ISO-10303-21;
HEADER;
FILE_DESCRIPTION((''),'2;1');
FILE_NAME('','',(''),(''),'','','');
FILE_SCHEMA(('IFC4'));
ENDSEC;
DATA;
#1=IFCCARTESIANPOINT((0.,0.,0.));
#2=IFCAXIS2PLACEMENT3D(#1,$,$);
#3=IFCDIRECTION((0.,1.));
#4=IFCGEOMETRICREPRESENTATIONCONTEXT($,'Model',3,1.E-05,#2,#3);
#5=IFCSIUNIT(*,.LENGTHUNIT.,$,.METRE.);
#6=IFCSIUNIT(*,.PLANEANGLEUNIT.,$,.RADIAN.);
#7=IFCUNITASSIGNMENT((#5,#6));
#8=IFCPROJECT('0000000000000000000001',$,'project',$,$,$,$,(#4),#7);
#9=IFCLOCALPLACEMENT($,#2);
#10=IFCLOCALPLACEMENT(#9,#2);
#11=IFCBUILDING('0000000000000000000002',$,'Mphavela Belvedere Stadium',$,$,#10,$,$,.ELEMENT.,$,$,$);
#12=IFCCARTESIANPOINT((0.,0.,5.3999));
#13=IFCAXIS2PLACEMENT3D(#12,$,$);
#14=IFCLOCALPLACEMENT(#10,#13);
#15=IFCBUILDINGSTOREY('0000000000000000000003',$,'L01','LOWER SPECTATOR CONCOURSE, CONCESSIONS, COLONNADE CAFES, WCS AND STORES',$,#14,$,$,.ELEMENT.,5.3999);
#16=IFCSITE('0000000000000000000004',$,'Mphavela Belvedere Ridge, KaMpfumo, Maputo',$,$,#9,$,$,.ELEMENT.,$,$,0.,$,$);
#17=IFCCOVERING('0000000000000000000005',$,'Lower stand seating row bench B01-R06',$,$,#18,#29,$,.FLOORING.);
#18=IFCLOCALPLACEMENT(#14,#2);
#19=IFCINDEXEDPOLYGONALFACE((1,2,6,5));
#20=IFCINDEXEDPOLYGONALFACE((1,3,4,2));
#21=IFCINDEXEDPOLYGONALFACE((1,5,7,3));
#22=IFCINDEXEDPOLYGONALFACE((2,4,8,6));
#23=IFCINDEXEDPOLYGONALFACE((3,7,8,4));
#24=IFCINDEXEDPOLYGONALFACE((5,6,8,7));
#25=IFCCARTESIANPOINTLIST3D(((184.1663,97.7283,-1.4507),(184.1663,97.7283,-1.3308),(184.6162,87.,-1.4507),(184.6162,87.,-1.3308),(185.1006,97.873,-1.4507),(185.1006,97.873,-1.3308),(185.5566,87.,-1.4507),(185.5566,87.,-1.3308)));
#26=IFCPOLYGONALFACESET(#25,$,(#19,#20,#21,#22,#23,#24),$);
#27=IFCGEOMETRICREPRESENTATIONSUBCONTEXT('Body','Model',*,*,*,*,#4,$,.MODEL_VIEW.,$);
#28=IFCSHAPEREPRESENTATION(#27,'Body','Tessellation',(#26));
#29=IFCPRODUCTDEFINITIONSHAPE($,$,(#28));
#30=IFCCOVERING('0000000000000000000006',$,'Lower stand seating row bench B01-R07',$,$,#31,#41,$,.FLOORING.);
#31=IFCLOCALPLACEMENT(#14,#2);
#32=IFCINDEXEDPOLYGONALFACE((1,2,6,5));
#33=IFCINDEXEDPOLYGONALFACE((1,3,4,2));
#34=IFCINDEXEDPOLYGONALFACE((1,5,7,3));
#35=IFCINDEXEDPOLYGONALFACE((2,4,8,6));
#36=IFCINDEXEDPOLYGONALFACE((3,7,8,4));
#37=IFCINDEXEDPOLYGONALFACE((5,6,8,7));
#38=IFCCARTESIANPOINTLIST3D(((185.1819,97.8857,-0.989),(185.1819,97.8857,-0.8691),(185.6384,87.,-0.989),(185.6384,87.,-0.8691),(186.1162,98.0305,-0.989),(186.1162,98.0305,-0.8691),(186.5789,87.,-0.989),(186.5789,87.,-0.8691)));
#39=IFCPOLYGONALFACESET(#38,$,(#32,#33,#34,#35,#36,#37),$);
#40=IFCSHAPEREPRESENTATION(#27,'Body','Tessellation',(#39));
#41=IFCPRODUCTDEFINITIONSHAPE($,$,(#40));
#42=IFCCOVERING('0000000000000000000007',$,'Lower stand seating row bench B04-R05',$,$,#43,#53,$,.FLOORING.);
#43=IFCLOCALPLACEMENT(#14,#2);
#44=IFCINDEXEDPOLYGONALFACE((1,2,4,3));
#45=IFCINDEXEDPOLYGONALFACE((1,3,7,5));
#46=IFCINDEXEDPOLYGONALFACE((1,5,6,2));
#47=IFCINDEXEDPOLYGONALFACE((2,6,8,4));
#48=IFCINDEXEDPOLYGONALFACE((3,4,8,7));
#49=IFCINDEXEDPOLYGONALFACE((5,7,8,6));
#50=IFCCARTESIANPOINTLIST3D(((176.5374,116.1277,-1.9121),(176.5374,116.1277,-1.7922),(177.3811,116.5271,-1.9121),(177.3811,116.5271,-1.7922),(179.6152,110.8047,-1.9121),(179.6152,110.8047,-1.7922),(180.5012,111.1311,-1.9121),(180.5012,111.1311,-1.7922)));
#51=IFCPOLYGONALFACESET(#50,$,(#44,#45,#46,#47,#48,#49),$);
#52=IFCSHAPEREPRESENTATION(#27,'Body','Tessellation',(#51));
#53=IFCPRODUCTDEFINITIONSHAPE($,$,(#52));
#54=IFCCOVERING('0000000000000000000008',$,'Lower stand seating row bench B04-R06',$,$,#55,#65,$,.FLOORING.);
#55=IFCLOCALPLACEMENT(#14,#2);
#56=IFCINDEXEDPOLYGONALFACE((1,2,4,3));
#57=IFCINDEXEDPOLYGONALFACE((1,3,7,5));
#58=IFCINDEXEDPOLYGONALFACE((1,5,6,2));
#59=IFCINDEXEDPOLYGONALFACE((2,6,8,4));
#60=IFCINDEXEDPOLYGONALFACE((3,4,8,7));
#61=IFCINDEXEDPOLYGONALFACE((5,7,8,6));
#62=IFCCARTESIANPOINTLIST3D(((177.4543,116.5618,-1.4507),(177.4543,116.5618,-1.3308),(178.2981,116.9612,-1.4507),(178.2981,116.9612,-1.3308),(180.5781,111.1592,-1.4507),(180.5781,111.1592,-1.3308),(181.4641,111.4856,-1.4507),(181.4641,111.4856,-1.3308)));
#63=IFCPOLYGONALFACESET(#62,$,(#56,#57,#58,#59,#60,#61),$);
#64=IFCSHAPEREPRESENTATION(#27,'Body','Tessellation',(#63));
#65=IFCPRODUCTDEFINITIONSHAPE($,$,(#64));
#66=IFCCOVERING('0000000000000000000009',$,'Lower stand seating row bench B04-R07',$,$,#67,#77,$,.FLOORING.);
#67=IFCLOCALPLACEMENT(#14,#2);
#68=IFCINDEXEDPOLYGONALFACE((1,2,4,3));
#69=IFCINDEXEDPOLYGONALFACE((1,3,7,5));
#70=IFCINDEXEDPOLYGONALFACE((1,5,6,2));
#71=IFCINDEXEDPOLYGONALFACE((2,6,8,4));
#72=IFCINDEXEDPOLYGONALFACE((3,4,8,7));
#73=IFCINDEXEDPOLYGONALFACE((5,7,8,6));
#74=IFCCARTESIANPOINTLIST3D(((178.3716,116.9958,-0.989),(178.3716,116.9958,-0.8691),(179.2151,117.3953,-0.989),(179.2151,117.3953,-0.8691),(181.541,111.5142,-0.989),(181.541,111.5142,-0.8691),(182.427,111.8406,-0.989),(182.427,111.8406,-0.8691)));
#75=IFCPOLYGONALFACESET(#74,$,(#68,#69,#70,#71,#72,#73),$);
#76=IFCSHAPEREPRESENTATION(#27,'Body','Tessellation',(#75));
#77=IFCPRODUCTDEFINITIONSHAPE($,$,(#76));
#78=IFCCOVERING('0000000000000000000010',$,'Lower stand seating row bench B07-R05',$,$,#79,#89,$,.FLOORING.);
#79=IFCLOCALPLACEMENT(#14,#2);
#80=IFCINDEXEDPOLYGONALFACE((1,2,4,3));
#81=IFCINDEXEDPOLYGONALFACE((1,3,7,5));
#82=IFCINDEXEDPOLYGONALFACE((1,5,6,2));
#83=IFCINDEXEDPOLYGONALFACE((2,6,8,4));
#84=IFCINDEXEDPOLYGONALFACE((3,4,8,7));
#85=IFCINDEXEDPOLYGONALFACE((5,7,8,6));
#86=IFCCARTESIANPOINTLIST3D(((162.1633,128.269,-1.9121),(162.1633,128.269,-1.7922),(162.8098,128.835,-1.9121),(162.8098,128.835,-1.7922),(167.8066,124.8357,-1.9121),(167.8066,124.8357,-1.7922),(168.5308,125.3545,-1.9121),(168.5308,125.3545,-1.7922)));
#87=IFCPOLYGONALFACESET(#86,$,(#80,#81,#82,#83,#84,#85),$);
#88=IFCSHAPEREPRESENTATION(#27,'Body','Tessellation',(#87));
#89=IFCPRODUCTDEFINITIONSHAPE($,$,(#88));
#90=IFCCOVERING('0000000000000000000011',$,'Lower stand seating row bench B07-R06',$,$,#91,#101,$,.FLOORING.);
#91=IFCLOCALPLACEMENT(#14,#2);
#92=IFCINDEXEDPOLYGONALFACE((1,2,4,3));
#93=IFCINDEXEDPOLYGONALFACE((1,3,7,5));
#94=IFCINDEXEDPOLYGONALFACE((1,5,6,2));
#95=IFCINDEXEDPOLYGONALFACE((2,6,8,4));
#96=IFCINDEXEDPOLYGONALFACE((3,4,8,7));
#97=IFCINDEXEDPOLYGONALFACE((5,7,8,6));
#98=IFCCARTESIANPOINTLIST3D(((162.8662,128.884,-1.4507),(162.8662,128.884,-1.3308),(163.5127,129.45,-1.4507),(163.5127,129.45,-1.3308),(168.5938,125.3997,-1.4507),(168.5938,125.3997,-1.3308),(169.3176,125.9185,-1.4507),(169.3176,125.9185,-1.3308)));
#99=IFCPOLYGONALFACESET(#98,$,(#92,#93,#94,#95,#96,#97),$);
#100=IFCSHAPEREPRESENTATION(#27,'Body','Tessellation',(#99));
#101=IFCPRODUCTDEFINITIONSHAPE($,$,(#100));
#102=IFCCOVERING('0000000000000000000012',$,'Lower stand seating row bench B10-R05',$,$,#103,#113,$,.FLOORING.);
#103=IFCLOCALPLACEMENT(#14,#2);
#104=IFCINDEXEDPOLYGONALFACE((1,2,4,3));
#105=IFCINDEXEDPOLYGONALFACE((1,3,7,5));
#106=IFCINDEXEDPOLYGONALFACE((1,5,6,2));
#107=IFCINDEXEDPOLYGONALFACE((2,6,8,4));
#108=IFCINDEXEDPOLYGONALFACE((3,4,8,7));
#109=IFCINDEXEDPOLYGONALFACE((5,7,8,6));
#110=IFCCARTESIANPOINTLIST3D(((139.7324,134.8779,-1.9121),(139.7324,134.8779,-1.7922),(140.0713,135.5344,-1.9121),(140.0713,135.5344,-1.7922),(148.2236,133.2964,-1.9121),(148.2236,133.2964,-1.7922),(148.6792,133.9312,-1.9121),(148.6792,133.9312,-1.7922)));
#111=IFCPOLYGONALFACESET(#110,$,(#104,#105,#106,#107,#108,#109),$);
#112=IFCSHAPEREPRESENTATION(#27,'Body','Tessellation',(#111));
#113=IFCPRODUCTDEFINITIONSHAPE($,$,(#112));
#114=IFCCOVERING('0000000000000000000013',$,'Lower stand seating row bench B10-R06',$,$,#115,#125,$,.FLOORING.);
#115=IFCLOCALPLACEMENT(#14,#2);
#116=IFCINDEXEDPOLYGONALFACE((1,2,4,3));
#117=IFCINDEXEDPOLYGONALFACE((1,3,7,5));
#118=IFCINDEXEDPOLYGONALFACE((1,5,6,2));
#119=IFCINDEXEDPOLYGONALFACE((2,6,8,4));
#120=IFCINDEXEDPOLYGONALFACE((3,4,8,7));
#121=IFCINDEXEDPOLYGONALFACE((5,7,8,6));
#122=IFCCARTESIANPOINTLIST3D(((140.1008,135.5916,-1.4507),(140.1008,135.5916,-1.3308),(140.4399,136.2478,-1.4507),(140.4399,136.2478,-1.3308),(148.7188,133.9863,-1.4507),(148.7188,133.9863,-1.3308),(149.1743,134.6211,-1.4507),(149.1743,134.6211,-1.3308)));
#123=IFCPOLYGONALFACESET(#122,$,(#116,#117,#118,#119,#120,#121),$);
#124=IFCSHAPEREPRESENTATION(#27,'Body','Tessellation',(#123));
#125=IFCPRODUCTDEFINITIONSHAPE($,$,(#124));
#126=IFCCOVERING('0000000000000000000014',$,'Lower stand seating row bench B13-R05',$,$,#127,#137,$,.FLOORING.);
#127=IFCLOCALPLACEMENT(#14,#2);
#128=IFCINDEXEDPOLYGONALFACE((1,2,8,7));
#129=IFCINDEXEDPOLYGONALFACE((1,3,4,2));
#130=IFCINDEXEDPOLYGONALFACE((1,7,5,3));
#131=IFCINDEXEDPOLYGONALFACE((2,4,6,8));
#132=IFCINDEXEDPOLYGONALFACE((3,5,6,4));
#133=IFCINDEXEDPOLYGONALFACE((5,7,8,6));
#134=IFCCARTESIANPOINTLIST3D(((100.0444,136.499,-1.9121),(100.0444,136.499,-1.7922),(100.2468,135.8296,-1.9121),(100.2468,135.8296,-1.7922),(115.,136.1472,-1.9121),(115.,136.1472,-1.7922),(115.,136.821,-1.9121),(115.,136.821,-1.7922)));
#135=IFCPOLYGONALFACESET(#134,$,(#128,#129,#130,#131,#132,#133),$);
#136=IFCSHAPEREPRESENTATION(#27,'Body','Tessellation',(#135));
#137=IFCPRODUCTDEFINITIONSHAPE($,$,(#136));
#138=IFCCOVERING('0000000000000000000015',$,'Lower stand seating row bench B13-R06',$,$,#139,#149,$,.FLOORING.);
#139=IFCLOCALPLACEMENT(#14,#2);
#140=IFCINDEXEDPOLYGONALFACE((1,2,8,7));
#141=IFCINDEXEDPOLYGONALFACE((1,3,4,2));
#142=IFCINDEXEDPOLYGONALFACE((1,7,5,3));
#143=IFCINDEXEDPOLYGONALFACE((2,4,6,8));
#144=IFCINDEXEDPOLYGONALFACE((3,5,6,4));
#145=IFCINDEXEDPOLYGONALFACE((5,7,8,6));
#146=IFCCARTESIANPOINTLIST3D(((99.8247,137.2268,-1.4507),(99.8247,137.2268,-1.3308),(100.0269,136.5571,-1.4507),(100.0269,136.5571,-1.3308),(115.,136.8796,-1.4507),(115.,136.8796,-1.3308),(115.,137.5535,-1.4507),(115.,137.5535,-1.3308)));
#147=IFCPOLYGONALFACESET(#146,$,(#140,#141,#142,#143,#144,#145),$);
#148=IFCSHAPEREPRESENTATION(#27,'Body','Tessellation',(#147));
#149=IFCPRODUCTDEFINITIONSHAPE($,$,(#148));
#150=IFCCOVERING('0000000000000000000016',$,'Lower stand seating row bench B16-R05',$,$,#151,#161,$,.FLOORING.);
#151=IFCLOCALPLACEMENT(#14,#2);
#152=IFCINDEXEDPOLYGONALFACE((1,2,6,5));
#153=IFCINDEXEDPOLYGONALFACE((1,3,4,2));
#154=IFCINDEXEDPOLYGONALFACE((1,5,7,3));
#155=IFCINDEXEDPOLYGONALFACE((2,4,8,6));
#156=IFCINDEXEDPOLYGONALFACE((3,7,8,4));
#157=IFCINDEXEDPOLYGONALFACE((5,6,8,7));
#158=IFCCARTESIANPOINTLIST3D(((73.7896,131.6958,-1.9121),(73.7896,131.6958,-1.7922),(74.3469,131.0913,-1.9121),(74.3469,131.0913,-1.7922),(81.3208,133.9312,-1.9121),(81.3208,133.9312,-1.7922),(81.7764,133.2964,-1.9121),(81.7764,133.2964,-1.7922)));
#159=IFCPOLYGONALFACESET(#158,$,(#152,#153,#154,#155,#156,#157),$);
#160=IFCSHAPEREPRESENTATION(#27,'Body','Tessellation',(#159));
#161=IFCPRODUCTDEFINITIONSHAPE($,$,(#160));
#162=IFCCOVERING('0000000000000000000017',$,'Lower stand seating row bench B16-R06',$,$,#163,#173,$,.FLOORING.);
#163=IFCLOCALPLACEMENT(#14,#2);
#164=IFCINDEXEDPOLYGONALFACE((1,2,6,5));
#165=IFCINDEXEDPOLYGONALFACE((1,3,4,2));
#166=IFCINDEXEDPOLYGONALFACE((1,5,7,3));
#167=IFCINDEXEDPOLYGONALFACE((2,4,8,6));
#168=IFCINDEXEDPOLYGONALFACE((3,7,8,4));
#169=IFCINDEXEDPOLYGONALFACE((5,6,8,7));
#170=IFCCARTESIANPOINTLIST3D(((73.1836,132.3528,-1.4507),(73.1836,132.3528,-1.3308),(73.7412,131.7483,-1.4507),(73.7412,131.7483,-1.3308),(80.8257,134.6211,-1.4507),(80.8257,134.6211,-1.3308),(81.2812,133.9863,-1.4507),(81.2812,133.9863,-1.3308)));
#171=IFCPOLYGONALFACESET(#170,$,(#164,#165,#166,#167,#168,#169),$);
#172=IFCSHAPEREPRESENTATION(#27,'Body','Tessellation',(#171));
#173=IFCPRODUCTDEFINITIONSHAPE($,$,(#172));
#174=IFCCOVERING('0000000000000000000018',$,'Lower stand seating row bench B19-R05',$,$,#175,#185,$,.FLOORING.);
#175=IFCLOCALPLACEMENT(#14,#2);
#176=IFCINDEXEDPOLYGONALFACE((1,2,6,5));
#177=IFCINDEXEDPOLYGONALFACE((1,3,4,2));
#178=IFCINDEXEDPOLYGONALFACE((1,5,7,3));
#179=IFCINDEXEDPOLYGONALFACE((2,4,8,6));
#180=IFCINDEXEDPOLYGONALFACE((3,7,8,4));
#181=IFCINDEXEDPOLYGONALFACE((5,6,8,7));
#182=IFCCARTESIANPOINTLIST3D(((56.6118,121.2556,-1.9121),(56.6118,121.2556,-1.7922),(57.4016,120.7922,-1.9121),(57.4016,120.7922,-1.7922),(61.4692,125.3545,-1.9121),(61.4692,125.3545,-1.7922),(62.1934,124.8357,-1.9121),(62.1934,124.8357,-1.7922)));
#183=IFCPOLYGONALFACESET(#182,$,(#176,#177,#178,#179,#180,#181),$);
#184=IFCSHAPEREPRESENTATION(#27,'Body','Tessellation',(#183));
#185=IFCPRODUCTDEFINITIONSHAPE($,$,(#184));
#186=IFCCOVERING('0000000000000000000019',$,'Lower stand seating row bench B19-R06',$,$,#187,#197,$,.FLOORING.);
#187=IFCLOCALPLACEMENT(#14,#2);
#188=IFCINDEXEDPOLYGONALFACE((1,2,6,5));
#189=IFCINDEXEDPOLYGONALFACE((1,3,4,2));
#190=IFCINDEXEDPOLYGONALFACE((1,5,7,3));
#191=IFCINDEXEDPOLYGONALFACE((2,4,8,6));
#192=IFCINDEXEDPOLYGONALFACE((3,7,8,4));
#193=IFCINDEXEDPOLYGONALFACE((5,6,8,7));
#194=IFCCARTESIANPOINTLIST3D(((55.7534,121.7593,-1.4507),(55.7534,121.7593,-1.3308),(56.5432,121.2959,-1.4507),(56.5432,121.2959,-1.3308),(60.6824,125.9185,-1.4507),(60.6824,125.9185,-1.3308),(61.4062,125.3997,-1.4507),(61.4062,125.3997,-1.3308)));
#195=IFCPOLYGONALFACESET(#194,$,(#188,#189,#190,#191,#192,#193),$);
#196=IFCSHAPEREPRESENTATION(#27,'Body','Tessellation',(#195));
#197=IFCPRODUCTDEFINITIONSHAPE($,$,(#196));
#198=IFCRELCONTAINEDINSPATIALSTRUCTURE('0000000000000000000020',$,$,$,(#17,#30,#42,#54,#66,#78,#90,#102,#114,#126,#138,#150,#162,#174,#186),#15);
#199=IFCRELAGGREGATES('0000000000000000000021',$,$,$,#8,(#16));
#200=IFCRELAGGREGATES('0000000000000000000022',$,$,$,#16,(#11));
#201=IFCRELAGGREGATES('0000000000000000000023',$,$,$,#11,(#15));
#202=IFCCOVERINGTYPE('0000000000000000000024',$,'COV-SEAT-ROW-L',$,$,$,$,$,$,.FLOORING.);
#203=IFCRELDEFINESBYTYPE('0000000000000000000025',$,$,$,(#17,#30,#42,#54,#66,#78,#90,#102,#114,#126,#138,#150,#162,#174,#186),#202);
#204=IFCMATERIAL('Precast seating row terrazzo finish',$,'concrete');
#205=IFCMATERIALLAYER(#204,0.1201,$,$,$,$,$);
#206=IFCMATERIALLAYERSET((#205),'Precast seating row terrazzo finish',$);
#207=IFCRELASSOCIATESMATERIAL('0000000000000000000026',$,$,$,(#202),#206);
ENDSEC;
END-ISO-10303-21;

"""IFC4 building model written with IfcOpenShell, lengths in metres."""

from ifc_helpers import new_model, si_unit, direction, frame, origin, place, context, subcontext, project, spatial, polyline, outline, extrude, material, layer, layer_set, type_object, element, save


model = new_model("IFC4")

# Units and contexts
model_context = context("Model", 3, precision=1e-05, world=origin(), true_north=direction((0.0, 1.0)))
body_context = subcontext(model_context, "Body", "Model", "MODEL_VIEW")
ifc_project = project(units=[si_unit("LENGTHUNIT", "METRE"), si_unit("PLANEANGLEUNIT", "RADIAN")], contexts=[model_context])

# Site, building, storey
site_placement = place(None, origin())
site = spatial("IfcSite", under=ifc_project, at=site_placement, Name="Mphavela Belvedere Ridge, KaMpfumo, Maputo", CompositionType="ELEMENT", RefElevation=0.0)
building_placement = place(site_placement, origin())
building = spatial("IfcBuilding", under=site, at=building_placement, Name="Mphavela Belvedere Stadium", CompositionType="ELEMENT")
storey_placement = place(building_placement, frame((0.0, 0.0, 5.3999)))
storey = spatial("IfcBuildingStorey", under=building, at=storey_placement, Name="L01", Description="LOWER SPECTATOR CONCOURSE, CONCESSIONS, COLONNADE CAFES, WCS AND STORES", CompositionType="ELEMENT", Elevation=5.3999)

# Coverings
ifc_material = material(Name="Precast seating row terrazzo finish", Category="concrete")
ifc_layer = layer(ifc_material, 0.1201)
ifc_layer_set = layer_set([ifc_layer], Name="Precast seating row terrazzo finish")
covering_type = type_object("IfcCoveringType", Name="COV-SEAT-ROW-L", PredefinedType="FLOORING", material=ifc_layer_set)
covering_1_placement = place(storey_placement, frame((0.0, 0.0, -1.4507)))
element("IfcCovering", 1, at=covering_1_placement, inside=storey, type_object=covering_type, Name="Lower stand seating row bench B01-R06", PredefinedType="FLOORING", context=body_context, shape_type="SweptSolid", body=[
    extrude(outline(polyline([(184.6162, 87.0), (184.1663, 97.7283), (185.1006, 97.873), (185.5566, 87.0), (184.6162, 87.0)])), origin(), (0.0, 0.0, 1.0), 0.1199),
])
covering_2_placement = place(storey_placement, frame((0.0, 0.0, -0.989)))
element("IfcCovering", 2, at=covering_2_placement, inside=storey, type_object=covering_type, Name="Lower stand seating row bench B01-R07", PredefinedType="FLOORING", context=body_context, shape_type="SweptSolid", body=[
    extrude(outline(polyline([(185.6384, 87.0), (185.1819, 97.8857), (186.1162, 98.0305), (186.5789, 87.0), (185.6384, 87.0)])), origin(), (0.0, 0.0, 1.0), 0.1199),
])
covering_3_placement = place(storey_placement, frame((0.0, 0.0, -1.9121)))
element("IfcCovering", 3, at=covering_3_placement, inside=storey, type_object=covering_type, Name="Lower stand seating row bench B04-R05", PredefinedType="FLOORING", context=body_context, shape_type="SweptSolid", body=[
    extrude(outline(polyline([(179.6152, 110.8047), (176.5374, 116.1277), (177.3811, 116.5271), (180.5012, 111.1311), (179.6152, 110.8047)])), origin(), (0.0, 0.0, 1.0), 0.1199),
])
covering_4_placement = place(storey_placement, frame((0.0, 0.0, -1.4507)))
element("IfcCovering", 4, at=covering_4_placement, inside=storey, type_object=covering_type, Name="Lower stand seating row bench B04-R06", PredefinedType="FLOORING", context=body_context, shape_type="SweptSolid", body=[
    extrude(outline(polyline([(180.5781, 111.1592), (177.4543, 116.5618), (178.2981, 116.9612), (181.4641, 111.4856), (180.5781, 111.1592)])), origin(), (0.0, 0.0, 1.0), 0.1199),
])
covering_5_placement = place(storey_placement, frame((0.0, 0.0, -0.989)))
element("IfcCovering", 5, at=covering_5_placement, inside=storey, type_object=covering_type, Name="Lower stand seating row bench B04-R07", PredefinedType="FLOORING", context=body_context, shape_type="SweptSolid", body=[
    extrude(outline(polyline([(181.541, 111.5142), (178.3716, 116.9958), (179.2151, 117.3953), (182.427, 111.8406), (181.541, 111.5142)])), origin(), (0.0, 0.0, 1.0), 0.1199),
])
covering_6_placement = place(storey_placement, frame((0.0, 0.0, -1.9121)))
element("IfcCovering", 6, at=covering_6_placement, inside=storey, type_object=covering_type, Name="Lower stand seating row bench B07-R05", PredefinedType="FLOORING", context=body_context, shape_type="SweptSolid", body=[
    extrude(outline(polyline([(167.8066, 124.8357), (162.1633, 128.269), (162.8098, 128.835), (168.5308, 125.3545), (167.8066, 124.8357)])), origin(), (0.0, 0.0, 1.0), 0.1199),
])
covering_7_placement = place(storey_placement, frame((0.0, 0.0, -1.4507)))
element("IfcCovering", 7, at=covering_7_placement, inside=storey, type_object=covering_type, Name="Lower stand seating row bench B07-R06", PredefinedType="FLOORING", context=body_context, shape_type="SweptSolid", body=[
    extrude(outline(polyline([(168.5938, 125.3997), (162.8662, 128.884), (163.5127, 129.45), (169.3176, 125.9185), (168.5938, 125.3997)])), origin(), (0.0, 0.0, 1.0), 0.1199),
])
covering_8_placement = place(storey_placement, frame((0.0, 0.0, -1.9121)))
element("IfcCovering", 8, at=covering_8_placement, inside=storey, type_object=covering_type, Name="Lower stand seating row bench B10-R05", PredefinedType="FLOORING", context=body_context, shape_type="SweptSolid", body=[
    extrude(outline(polyline([(148.2236, 133.2964), (139.7324, 134.8779), (140.0713, 135.5344), (148.6792, 133.9312), (148.2236, 133.2964)])), origin(), (0.0, 0.0, 1.0), 0.1199),
])
covering_9_placement = place(storey_placement, frame((0.0, 0.0, -1.4507)))
element("IfcCovering", 9, at=covering_9_placement, inside=storey, type_object=covering_type, Name="Lower stand seating row bench B10-R06", PredefinedType="FLOORING", context=body_context, shape_type="SweptSolid", body=[
    extrude(outline(polyline([(148.7188, 133.9863), (140.1008, 135.5916), (140.4399, 136.2478), (149.1743, 134.6211), (148.7188, 133.9863)])), origin(), (0.0, 0.0, 1.0), 0.1199),
])
covering_10_placement = place(storey_placement, frame((0.0, 0.0, -1.9121)))
element("IfcCovering", 10, at=covering_10_placement, inside=storey, type_object=covering_type, Name="Lower stand seating row bench B13-R05", PredefinedType="FLOORING", context=body_context, shape_type="SweptSolid", body=[
    extrude(outline(polyline([(115.0, 136.1472), (100.2468, 135.8296), (100.0444, 136.499), (115.0, 136.821), (115.0, 136.1472)])), origin(), (0.0, 0.0, 1.0), 0.1199),
])
covering_11_placement = place(storey_placement, frame((0.0, 0.0, -1.4507)))
element("IfcCovering", 11, at=covering_11_placement, inside=storey, type_object=covering_type, Name="Lower stand seating row bench B13-R06", PredefinedType="FLOORING", context=body_context, shape_type="SweptSolid", body=[
    extrude(outline(polyline([(115.0, 136.8796), (100.0269, 136.5571), (99.8247, 137.2268), (115.0, 137.5535), (115.0, 136.8796)])), origin(), (0.0, 0.0, 1.0), 0.1199),
])
covering_12_placement = place(storey_placement, frame((0.0, 0.0, -1.9121)))
element("IfcCovering", 12, at=covering_12_placement, inside=storey, type_object=covering_type, Name="Lower stand seating row bench B16-R05", PredefinedType="FLOORING", context=body_context, shape_type="SweptSolid", body=[
    extrude(outline(polyline([(81.7764, 133.2964), (74.3469, 131.0913), (73.7896, 131.6958), (81.3208, 133.9312), (81.7764, 133.2964)])), origin(), (0.0, 0.0, 1.0), 0.1199),
])
covering_13_placement = place(storey_placement, frame((0.0, 0.0, -1.4507)))
element("IfcCovering", 13, at=covering_13_placement, inside=storey, type_object=covering_type, Name="Lower stand seating row bench B16-R06", PredefinedType="FLOORING", context=body_context, shape_type="SweptSolid", body=[
    extrude(outline(polyline([(81.2812, 133.9863), (73.7412, 131.7483), (73.1836, 132.3528), (80.8257, 134.6211), (81.2812, 133.9863)])), origin(), (0.0, 0.0, 1.0), 0.1199),
])
covering_14_placement = place(storey_placement, frame((0.0, 0.0, -1.9121)))
element("IfcCovering", 14, at=covering_14_placement, inside=storey, type_object=covering_type, Name="Lower stand seating row bench B19-R05", PredefinedType="FLOORING", context=body_context, shape_type="SweptSolid", body=[
    extrude(outline(polyline([(62.1934, 124.8357), (57.4016, 120.7922), (56.6118, 121.2556), (61.4692, 125.3545), (62.1934, 124.8357)])), origin(), (0.0, 0.0, 1.0), 0.1199),
])
covering_15_placement = place(storey_placement, frame((0.0, 0.0, -1.4507)))
element("IfcCovering", 15, at=covering_15_placement, inside=storey, type_object=covering_type, Name="Lower stand seating row bench B19-R06", PredefinedType="FLOORING", context=body_context, shape_type="SweptSolid", body=[
    extrude(outline(polyline([(61.4062, 125.3997), (56.5432, 121.2959), (55.7534, 121.7593), (60.6824, 125.9185), (61.4062, 125.3997)])), origin(), (0.0, 0.0, 1.0), 0.1199),
])

save(model, "model.ifc")
